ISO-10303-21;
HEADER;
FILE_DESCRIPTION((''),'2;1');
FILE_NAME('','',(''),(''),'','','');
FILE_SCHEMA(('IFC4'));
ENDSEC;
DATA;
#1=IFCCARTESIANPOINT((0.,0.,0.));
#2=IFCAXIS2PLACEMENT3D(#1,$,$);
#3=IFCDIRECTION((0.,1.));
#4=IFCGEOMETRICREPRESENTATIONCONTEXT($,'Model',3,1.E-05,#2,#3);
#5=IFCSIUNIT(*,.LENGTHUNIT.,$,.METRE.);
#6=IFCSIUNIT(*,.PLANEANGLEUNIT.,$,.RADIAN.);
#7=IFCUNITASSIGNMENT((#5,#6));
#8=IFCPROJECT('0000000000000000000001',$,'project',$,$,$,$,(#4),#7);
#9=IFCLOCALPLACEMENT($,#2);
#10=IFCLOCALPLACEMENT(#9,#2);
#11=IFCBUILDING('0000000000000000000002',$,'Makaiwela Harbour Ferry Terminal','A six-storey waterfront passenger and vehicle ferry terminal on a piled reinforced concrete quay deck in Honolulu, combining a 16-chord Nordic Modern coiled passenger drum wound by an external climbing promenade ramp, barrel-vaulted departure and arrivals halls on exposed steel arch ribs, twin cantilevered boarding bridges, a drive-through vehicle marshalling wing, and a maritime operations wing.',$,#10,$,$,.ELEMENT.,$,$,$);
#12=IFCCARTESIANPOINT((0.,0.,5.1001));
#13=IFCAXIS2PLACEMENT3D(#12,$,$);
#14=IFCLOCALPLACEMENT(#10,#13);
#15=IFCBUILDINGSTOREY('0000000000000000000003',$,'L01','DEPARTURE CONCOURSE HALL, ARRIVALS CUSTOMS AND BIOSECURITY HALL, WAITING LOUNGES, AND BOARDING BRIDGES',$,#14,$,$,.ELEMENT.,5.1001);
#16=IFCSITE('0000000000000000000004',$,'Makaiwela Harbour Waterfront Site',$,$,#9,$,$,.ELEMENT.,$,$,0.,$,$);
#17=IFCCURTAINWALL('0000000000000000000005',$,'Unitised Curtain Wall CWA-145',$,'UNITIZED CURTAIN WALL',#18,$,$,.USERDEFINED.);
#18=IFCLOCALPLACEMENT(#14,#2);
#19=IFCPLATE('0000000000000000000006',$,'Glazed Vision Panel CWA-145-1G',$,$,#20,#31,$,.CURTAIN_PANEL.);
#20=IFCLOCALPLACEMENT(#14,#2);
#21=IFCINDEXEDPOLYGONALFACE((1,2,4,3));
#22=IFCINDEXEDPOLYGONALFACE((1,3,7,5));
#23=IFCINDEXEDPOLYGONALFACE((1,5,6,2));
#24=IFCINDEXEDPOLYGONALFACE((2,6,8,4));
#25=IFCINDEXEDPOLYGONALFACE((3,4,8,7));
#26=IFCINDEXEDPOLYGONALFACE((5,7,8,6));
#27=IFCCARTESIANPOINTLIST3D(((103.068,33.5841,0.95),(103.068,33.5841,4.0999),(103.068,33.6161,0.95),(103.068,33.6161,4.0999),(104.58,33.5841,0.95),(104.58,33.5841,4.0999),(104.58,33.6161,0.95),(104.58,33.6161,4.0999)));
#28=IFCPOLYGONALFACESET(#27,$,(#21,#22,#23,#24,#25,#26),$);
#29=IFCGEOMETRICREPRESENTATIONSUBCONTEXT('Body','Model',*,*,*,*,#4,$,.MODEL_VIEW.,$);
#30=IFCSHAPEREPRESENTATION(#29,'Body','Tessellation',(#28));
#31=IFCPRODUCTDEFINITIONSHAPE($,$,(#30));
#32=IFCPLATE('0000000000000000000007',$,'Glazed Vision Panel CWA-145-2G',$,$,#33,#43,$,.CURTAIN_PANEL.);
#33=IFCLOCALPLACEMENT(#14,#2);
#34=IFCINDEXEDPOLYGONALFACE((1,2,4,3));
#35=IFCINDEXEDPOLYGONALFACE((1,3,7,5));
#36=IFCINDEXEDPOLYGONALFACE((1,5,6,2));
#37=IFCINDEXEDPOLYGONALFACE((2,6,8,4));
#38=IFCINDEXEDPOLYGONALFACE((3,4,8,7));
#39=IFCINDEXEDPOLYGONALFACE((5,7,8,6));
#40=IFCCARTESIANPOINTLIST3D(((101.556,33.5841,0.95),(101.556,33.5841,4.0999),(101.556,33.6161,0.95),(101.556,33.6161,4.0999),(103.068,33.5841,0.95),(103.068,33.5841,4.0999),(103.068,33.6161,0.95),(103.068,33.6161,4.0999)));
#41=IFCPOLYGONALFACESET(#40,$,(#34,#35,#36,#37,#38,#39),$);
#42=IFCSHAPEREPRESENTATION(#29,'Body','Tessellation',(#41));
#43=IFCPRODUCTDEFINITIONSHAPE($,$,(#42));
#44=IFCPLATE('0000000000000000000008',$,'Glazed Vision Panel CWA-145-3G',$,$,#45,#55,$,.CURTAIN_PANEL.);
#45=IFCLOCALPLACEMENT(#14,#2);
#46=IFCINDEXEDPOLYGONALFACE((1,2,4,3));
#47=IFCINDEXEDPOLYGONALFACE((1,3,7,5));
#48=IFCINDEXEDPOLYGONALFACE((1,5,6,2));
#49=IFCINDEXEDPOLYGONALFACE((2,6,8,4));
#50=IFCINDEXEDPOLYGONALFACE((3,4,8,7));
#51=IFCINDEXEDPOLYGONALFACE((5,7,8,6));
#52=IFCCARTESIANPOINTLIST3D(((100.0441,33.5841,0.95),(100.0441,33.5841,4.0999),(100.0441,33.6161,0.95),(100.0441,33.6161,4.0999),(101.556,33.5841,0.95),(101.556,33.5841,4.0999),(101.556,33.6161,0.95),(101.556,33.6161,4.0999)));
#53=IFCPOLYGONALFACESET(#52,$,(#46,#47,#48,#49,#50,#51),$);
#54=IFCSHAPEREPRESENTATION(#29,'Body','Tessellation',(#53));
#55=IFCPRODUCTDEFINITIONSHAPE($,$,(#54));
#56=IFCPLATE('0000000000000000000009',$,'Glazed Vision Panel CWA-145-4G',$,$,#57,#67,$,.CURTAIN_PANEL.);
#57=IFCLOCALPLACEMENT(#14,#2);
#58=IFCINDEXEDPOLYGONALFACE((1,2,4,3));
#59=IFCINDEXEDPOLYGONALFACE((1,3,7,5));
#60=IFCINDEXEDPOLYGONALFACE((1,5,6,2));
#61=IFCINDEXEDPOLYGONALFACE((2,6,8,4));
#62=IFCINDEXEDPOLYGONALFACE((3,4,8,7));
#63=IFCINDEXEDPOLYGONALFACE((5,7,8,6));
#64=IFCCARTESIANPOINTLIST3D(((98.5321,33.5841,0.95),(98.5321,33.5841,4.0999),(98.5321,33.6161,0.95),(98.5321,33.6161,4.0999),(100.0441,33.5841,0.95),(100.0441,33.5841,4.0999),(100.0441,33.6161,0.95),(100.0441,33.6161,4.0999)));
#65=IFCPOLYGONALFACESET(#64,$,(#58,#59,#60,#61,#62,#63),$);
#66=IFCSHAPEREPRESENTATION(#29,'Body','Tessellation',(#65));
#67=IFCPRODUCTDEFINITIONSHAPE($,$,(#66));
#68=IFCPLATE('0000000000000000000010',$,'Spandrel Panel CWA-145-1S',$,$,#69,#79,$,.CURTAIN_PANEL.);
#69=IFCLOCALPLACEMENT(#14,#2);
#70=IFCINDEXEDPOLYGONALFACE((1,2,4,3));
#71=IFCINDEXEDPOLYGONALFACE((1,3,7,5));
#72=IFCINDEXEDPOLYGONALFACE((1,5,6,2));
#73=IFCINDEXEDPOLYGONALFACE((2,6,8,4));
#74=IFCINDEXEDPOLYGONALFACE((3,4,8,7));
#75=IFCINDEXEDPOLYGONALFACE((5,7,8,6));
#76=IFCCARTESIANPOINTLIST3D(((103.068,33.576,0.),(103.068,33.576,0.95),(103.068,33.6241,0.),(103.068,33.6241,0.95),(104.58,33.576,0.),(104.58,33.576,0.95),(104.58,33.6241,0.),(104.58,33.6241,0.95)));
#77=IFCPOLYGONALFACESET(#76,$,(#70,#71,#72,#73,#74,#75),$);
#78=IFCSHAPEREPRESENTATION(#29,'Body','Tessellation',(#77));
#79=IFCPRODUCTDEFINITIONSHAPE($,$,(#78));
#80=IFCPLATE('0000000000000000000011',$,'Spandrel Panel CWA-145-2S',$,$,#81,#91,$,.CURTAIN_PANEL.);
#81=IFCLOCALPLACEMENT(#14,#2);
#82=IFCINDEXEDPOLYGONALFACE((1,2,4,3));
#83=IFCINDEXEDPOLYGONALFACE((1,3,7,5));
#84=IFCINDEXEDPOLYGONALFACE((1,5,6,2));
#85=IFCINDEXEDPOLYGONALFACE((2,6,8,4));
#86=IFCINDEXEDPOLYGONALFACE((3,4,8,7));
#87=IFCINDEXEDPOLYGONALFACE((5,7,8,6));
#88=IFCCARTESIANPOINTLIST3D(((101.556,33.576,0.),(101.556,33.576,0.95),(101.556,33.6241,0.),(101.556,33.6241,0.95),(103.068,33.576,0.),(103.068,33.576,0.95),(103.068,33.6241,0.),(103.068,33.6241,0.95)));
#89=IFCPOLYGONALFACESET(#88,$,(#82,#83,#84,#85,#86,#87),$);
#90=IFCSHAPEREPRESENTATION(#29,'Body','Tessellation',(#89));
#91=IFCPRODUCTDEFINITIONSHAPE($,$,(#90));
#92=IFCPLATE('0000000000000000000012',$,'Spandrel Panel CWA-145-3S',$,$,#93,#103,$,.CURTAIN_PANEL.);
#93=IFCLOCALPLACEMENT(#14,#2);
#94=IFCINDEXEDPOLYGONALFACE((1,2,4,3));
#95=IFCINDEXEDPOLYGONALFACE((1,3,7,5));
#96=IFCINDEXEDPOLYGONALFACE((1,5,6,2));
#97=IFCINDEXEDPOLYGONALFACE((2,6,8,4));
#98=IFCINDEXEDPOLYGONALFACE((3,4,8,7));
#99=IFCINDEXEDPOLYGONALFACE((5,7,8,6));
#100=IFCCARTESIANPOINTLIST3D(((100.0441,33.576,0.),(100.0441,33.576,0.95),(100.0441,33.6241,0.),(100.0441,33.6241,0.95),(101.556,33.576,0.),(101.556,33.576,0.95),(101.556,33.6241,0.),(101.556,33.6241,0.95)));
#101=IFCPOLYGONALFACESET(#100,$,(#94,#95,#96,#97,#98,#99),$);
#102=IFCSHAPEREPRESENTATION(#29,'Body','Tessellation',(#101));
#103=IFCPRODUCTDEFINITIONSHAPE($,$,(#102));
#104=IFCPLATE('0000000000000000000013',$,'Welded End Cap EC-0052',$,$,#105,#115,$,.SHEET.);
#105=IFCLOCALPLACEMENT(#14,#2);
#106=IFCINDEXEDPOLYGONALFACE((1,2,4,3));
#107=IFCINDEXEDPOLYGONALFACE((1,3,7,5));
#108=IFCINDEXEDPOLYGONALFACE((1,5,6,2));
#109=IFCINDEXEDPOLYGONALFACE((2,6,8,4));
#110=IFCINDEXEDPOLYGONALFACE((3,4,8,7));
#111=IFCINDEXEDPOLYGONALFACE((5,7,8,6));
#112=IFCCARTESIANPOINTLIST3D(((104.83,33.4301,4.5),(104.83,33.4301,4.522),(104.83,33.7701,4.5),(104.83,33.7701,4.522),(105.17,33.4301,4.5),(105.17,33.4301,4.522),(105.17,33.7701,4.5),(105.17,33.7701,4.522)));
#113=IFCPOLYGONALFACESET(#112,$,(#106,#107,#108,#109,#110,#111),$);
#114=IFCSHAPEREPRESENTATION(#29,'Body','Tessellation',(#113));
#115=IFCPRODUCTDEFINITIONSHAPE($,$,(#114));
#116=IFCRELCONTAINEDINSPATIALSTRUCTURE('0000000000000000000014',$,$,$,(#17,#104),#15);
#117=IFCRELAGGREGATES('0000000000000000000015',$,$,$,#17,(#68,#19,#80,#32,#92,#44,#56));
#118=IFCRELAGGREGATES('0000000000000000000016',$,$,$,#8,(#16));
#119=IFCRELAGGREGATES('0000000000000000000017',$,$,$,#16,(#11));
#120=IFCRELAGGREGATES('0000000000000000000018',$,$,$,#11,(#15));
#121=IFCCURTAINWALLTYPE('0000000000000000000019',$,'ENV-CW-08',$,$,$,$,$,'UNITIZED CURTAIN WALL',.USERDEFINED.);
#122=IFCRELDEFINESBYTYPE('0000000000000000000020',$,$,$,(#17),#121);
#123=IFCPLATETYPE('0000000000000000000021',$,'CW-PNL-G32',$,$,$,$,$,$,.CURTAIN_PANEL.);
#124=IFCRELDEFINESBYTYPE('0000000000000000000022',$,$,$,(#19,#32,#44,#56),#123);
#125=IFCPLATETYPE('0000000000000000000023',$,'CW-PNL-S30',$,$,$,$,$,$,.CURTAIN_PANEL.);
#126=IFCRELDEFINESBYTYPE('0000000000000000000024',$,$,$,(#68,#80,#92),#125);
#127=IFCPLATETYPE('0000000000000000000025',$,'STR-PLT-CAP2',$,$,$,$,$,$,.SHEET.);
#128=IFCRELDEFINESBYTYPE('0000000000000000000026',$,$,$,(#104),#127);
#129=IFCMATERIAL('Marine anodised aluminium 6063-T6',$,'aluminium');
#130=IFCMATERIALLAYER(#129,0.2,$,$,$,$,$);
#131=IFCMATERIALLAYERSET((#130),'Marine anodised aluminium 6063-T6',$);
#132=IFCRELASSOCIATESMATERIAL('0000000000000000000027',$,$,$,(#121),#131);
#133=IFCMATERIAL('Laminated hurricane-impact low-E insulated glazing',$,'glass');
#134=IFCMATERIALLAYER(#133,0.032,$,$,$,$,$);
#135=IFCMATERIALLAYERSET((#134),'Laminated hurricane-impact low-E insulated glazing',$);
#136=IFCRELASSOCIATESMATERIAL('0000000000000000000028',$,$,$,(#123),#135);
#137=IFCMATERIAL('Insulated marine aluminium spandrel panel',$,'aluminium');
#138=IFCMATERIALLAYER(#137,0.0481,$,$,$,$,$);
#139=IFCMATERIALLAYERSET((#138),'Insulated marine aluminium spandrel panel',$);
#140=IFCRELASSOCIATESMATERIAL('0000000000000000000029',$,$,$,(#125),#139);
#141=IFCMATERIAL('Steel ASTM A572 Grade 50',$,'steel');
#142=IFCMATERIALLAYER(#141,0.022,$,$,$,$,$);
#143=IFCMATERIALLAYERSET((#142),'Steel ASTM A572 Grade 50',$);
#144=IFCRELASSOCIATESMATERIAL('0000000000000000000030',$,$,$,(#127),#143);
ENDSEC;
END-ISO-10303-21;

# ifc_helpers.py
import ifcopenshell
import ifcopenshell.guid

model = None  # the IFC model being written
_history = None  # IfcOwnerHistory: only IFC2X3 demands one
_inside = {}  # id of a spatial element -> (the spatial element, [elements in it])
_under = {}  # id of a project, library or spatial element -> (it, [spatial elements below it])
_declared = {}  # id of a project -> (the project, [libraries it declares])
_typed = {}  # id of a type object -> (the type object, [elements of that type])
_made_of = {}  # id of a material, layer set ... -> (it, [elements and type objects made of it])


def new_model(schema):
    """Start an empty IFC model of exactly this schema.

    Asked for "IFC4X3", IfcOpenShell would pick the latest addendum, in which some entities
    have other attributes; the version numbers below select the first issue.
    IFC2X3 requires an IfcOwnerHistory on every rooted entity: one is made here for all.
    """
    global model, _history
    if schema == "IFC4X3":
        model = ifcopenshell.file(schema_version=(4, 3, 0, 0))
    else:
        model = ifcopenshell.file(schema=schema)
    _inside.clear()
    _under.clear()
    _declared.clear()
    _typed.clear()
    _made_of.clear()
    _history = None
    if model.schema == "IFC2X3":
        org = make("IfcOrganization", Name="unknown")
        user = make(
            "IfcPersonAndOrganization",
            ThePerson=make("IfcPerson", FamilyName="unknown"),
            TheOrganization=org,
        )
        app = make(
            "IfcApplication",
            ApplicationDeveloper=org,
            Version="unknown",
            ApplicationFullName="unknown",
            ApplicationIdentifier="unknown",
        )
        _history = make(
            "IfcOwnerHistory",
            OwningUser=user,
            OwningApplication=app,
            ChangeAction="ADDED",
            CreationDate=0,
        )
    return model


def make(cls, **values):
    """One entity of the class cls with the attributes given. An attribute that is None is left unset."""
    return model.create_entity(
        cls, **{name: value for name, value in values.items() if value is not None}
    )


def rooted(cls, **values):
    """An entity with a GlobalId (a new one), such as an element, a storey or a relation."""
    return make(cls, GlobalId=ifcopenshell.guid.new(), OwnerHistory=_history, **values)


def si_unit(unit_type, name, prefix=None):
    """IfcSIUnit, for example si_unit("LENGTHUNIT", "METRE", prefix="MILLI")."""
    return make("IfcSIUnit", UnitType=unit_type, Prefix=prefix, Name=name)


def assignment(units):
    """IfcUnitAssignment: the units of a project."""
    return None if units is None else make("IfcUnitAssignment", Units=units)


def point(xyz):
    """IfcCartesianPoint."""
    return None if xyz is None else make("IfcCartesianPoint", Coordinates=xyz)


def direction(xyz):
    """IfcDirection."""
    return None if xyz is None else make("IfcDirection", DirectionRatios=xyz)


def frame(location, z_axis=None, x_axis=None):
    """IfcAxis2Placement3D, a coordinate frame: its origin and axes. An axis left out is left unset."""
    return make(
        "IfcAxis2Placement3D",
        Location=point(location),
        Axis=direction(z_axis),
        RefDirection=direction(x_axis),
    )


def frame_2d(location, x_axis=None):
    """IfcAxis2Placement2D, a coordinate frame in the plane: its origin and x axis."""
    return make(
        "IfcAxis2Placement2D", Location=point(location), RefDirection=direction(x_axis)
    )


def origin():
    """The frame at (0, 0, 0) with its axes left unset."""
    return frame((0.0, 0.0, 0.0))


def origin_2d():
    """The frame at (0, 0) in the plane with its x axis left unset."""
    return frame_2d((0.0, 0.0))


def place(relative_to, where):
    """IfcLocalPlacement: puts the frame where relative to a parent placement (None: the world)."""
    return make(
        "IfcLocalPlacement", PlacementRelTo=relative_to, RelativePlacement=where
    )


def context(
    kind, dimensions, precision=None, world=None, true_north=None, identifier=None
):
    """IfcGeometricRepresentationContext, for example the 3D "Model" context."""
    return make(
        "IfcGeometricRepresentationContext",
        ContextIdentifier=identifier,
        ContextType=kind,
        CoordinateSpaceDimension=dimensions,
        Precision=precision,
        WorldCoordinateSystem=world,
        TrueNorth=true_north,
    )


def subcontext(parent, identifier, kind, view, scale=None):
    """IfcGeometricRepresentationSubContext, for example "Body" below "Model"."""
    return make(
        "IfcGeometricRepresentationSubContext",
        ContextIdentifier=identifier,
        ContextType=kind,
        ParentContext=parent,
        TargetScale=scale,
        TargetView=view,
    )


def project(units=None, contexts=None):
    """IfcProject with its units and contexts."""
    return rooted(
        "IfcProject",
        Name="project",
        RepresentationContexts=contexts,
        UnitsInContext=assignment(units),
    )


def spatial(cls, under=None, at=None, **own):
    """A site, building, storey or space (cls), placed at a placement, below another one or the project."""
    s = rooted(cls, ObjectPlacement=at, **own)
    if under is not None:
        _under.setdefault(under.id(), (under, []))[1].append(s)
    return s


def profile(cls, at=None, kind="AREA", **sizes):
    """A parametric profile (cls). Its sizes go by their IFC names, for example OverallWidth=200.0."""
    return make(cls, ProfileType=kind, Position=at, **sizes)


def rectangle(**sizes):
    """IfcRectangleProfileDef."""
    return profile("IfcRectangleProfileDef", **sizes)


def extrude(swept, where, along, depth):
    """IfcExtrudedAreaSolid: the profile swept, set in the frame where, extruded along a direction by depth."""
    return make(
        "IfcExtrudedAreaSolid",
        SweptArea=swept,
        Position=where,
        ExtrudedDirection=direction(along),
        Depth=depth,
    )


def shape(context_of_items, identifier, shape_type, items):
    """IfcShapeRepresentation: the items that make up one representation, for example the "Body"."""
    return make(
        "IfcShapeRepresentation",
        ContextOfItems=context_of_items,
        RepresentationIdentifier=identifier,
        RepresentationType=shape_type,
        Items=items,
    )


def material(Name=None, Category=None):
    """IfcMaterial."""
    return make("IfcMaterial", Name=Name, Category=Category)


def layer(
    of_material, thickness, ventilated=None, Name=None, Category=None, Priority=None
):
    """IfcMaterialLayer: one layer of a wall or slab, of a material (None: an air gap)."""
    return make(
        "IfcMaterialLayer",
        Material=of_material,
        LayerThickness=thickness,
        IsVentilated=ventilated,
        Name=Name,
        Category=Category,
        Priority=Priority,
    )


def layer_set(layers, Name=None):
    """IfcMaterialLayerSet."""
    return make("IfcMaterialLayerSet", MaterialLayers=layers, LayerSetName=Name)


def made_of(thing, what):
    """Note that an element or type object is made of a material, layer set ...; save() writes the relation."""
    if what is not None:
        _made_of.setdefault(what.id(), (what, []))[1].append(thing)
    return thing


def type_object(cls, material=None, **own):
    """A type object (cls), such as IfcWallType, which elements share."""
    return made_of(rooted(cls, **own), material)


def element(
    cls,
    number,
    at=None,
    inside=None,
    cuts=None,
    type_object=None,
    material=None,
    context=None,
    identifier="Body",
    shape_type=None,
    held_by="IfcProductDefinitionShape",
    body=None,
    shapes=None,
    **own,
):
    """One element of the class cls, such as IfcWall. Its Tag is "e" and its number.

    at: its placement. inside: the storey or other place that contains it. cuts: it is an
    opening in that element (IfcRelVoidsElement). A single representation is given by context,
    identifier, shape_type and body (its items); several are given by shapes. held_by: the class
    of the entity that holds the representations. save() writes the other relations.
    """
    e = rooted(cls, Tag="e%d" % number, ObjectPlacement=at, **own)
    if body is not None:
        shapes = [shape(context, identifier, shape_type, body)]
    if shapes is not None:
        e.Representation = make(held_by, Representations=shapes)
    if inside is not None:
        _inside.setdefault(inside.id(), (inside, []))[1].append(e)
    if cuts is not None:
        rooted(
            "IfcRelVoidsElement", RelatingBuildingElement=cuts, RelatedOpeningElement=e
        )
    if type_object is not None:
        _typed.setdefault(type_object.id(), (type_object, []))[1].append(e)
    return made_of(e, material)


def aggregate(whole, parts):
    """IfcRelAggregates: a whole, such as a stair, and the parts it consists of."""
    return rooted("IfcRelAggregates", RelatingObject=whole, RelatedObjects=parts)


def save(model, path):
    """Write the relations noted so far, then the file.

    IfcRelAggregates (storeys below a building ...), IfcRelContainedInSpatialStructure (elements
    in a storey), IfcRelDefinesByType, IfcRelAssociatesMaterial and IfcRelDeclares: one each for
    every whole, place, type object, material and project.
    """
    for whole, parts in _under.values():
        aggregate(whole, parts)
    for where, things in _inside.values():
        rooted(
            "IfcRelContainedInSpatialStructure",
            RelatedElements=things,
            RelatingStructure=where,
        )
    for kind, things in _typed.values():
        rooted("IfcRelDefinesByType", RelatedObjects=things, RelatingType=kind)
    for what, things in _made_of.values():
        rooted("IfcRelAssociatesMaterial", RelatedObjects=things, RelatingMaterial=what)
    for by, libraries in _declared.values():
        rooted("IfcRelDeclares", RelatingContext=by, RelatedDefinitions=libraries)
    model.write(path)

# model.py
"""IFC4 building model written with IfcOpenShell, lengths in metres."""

from ifc_helpers import new_model, si_unit, direction, frame, origin, origin_2d, place, context, subcontext, project, spatial, rectangle, extrude, material, layer, layer_set, type_object, element, aggregate, save


model = new_model("IFC4")

# Units and contexts
model_context = context("Model", 3, precision=1e-05, world=origin(), true_north=direction((0.0, 1.0)))
body_context = subcontext(model_context, "Body", "Model", "MODEL_VIEW")
ifc_project = project(units=[si_unit("LENGTHUNIT", "METRE"), si_unit("PLANEANGLEUNIT", "RADIAN")], contexts=[model_context])

# Site, building, storey
site_placement = place(None, origin())
site = spatial("IfcSite", under=ifc_project, at=site_placement, Name="Makaiwela Harbour Waterfront Site", CompositionType="ELEMENT", RefElevation=0.0)
building_placement = place(site_placement, origin())
building = spatial("IfcBuilding", under=site, at=building_placement, Name="Makaiwela Harbour Ferry Terminal", Description="A six-storey waterfront passenger and vehicle ferry terminal on a piled reinforced concrete quay deck in Honolulu, combining a 16-chord Nordic Modern coiled passenger drum wound by an external climbing promenade ramp, barrel-vaulted departure and arrivals halls on exposed steel arch ribs, twin cantilevered boarding bridges, a drive-through vehicle marshalling wing, and a maritime operations wing.", CompositionType="ELEMENT")
storey_placement = place(building_placement, frame((0.0, 0.0, 5.1001)))
storey = spatial("IfcBuildingStorey", under=building, at=storey_placement, Name="L01", Description="DEPARTURE CONCOURSE HALL, ARRIVALS CUSTOMS AND BIOSECURITY HALL, WAITING LOUNGES, AND BOARDING BRIDGES", CompositionType="ELEMENT", Elevation=5.1001)

# Curtain wall
ifc_material_1 = material(Name="Marine anodised aluminium 6063-T6", Category="aluminium")
ifc_layer_1 = layer(ifc_material_1, 0.2)
ifc_layer_set_1 = layer_set([ifc_layer_1], Name="Marine anodised aluminium 6063-T6")
curtain_wall_type = type_object("IfcCurtainWallType", Name="ENV-CW-08", ElementType="UNITIZED CURTAIN WALL", PredefinedType="USERDEFINED", material=ifc_layer_set_1)
curtain_wall_1_placement = place(storey_placement, origin())
curtain_wall_1 = element("IfcCurtainWall", 1, at=curtain_wall_1_placement, inside=storey, type_object=curtain_wall_type, Name="Unitised Curtain Wall CWA-145", ObjectType="UNITIZED CURTAIN WALL", PredefinedType="USERDEFINED")

# Plates
ifc_material_2 = material(Name="Laminated hurricane-impact low-E insulated glazing", Category="glass")
ifc_layer_2 = layer(ifc_material_2, 0.032)
ifc_layer_set_2 = layer_set([ifc_layer_2], Name="Laminated hurricane-impact low-E insulated glazing")
plate_type_1 = type_object("IfcPlateType", Name="CW-PNL-G32", PredefinedType="CURTAIN_PANEL", material=ifc_layer_set_2)
plate_1_placement = place(storey_placement, frame((103.824, 33.6001, 0.95), z_axis=(0.0, 0.0, 1.0), x_axis=(-1.0, 0.0, 0.0)))
plate_1 = element("IfcPlate", 2, at=plate_1_placement, type_object=plate_type_1, Name="Glazed Vision Panel CWA-145-1G", PredefinedType="CURTAIN_PANEL", context=body_context, shape_type="SweptSolid", body=[
    extrude(rectangle(XDim=1.512, YDim=0.032, at=origin_2d()), origin(), (0.0, 0.0, 1.0), 3.1499),
])
plate_2_placement = place(storey_placement, frame((102.312, 33.6001, 0.95), z_axis=(0.0, 0.0, 1.0), x_axis=(-1.0, 0.0, 0.0)))
plate_2 = element("IfcPlate", 3, at=plate_2_placement, type_object=plate_type_1, Name="Glazed Vision Panel CWA-145-2G", PredefinedType="CURTAIN_PANEL", context=body_context, shape_type="SweptSolid", body=[
    extrude(rectangle(XDim=1.512, YDim=0.032, at=origin_2d()), origin(), (0.0, 0.0, 1.0), 3.1499),
])
plate_3_placement = place(storey_placement, frame((100.8, 33.6001, 0.95), z_axis=(0.0, 0.0, 1.0), x_axis=(-1.0, 0.0, 0.0)))
plate_3 = element("IfcPlate", 4, at=plate_3_placement, type_object=plate_type_1, Name="Glazed Vision Panel CWA-145-3G", PredefinedType="CURTAIN_PANEL", context=body_context, shape_type="SweptSolid", body=[
    extrude(rectangle(XDim=1.512, YDim=0.032, at=origin_2d()), origin(), (0.0, 0.0, 1.0), 3.1499),
])
plate_4_placement = place(storey_placement, frame((99.2881, 33.6001, 0.95), z_axis=(0.0, 0.0, 1.0), x_axis=(-1.0, 0.0, 0.0)))
plate_4 = element("IfcPlate", 5, at=plate_4_placement, type_object=plate_type_1, Name="Glazed Vision Panel CWA-145-4G", PredefinedType="CURTAIN_PANEL", context=body_context, shape_type="SweptSolid", body=[
    extrude(rectangle(XDim=1.512, YDim=0.032, at=origin_2d()), origin(), (0.0, 0.0, 1.0), 3.1499),
])
ifc_material_3 = material(Name="Insulated marine aluminium spandrel panel", Category="aluminium")
ifc_layer_3 = layer(ifc_material_3, 0.0481)
ifc_layer_set_3 = layer_set([ifc_layer_3], Name="Insulated marine aluminium spandrel panel")
plate_type_2 = type_object("IfcPlateType", Name="CW-PNL-S30", PredefinedType="CURTAIN_PANEL", material=ifc_layer_set_3)
plate_5_placement = place(storey_placement, frame((103.824, 33.6001, 0.0), z_axis=(0.0, 0.0, 1.0), x_axis=(-1.0, 0.0, 0.0)))
plate_5 = element("IfcPlate", 6, at=plate_5_placement, type_object=plate_type_2, Name="Spandrel Panel CWA-145-1S", PredefinedType="CURTAIN_PANEL", context=body_context, shape_type="SweptSolid", body=[
    extrude(rectangle(XDim=1.512, YDim=0.0481, at=origin_2d()), origin(), (0.0, 0.0, 1.0), 0.95),
])
plate_6_placement = place(storey_placement, frame((102.312, 33.6001, 0.0), z_axis=(0.0, 0.0, 1.0), x_axis=(-1.0, 0.0, 0.0)))
plate_6 = element("IfcPlate", 7, at=plate_6_placement, type_object=plate_type_2, Name="Spandrel Panel CWA-145-2S", PredefinedType="CURTAIN_PANEL", context=body_context, shape_type="SweptSolid", body=[
    extrude(rectangle(XDim=1.512, YDim=0.0481, at=origin_2d()), origin(), (0.0, 0.0, 1.0), 0.95),
])
plate_7_placement = place(storey_placement, frame((100.8, 33.6001, 0.0), z_axis=(0.0, 0.0, 1.0), x_axis=(-1.0, 0.0, 0.0)))
plate_7 = element("IfcPlate", 8, at=plate_7_placement, type_object=plate_type_2, Name="Spandrel Panel CWA-145-3S", PredefinedType="CURTAIN_PANEL", context=body_context, shape_type="SweptSolid", body=[
    extrude(rectangle(XDim=1.512, YDim=0.0481, at=origin_2d()), origin(), (0.0, 0.0, 1.0), 0.95),
])
aggregate(curtain_wall_1, [plate_5, plate_1, plate_6, plate_2, plate_7, plate_3, plate_4])
ifc_material_4 = material(Name="Steel ASTM A572 Grade 50", Category="steel")
ifc_layer_4 = layer(ifc_material_4, 0.022)
ifc_layer_set_4 = layer_set([ifc_layer_4], Name="Steel ASTM A572 Grade 50")
plate_type_3 = type_object("IfcPlateType", Name="STR-PLT-CAP2", PredefinedType="SHEET", material=ifc_layer_set_4)
plate_8_placement = place(storey_placement, frame((105.0, 33.6001, 4.5), z_axis=(0.0, 0.0, 1.0), x_axis=(1.0, 0.0, 0.0)))
element("IfcPlate", 9, at=plate_8_placement, inside=storey, type_object=plate_type_3, Name="Welded End Cap EC-0052", PredefinedType="SHEET", context=body_context, shape_type="SweptSolid", body=[
    extrude(rectangle(XDim=0.3401, YDim=0.3401, at=origin_2d()), origin(), (0.0, 0.0, 1.0), 0.022),
])

save(model, "model.ifc")
